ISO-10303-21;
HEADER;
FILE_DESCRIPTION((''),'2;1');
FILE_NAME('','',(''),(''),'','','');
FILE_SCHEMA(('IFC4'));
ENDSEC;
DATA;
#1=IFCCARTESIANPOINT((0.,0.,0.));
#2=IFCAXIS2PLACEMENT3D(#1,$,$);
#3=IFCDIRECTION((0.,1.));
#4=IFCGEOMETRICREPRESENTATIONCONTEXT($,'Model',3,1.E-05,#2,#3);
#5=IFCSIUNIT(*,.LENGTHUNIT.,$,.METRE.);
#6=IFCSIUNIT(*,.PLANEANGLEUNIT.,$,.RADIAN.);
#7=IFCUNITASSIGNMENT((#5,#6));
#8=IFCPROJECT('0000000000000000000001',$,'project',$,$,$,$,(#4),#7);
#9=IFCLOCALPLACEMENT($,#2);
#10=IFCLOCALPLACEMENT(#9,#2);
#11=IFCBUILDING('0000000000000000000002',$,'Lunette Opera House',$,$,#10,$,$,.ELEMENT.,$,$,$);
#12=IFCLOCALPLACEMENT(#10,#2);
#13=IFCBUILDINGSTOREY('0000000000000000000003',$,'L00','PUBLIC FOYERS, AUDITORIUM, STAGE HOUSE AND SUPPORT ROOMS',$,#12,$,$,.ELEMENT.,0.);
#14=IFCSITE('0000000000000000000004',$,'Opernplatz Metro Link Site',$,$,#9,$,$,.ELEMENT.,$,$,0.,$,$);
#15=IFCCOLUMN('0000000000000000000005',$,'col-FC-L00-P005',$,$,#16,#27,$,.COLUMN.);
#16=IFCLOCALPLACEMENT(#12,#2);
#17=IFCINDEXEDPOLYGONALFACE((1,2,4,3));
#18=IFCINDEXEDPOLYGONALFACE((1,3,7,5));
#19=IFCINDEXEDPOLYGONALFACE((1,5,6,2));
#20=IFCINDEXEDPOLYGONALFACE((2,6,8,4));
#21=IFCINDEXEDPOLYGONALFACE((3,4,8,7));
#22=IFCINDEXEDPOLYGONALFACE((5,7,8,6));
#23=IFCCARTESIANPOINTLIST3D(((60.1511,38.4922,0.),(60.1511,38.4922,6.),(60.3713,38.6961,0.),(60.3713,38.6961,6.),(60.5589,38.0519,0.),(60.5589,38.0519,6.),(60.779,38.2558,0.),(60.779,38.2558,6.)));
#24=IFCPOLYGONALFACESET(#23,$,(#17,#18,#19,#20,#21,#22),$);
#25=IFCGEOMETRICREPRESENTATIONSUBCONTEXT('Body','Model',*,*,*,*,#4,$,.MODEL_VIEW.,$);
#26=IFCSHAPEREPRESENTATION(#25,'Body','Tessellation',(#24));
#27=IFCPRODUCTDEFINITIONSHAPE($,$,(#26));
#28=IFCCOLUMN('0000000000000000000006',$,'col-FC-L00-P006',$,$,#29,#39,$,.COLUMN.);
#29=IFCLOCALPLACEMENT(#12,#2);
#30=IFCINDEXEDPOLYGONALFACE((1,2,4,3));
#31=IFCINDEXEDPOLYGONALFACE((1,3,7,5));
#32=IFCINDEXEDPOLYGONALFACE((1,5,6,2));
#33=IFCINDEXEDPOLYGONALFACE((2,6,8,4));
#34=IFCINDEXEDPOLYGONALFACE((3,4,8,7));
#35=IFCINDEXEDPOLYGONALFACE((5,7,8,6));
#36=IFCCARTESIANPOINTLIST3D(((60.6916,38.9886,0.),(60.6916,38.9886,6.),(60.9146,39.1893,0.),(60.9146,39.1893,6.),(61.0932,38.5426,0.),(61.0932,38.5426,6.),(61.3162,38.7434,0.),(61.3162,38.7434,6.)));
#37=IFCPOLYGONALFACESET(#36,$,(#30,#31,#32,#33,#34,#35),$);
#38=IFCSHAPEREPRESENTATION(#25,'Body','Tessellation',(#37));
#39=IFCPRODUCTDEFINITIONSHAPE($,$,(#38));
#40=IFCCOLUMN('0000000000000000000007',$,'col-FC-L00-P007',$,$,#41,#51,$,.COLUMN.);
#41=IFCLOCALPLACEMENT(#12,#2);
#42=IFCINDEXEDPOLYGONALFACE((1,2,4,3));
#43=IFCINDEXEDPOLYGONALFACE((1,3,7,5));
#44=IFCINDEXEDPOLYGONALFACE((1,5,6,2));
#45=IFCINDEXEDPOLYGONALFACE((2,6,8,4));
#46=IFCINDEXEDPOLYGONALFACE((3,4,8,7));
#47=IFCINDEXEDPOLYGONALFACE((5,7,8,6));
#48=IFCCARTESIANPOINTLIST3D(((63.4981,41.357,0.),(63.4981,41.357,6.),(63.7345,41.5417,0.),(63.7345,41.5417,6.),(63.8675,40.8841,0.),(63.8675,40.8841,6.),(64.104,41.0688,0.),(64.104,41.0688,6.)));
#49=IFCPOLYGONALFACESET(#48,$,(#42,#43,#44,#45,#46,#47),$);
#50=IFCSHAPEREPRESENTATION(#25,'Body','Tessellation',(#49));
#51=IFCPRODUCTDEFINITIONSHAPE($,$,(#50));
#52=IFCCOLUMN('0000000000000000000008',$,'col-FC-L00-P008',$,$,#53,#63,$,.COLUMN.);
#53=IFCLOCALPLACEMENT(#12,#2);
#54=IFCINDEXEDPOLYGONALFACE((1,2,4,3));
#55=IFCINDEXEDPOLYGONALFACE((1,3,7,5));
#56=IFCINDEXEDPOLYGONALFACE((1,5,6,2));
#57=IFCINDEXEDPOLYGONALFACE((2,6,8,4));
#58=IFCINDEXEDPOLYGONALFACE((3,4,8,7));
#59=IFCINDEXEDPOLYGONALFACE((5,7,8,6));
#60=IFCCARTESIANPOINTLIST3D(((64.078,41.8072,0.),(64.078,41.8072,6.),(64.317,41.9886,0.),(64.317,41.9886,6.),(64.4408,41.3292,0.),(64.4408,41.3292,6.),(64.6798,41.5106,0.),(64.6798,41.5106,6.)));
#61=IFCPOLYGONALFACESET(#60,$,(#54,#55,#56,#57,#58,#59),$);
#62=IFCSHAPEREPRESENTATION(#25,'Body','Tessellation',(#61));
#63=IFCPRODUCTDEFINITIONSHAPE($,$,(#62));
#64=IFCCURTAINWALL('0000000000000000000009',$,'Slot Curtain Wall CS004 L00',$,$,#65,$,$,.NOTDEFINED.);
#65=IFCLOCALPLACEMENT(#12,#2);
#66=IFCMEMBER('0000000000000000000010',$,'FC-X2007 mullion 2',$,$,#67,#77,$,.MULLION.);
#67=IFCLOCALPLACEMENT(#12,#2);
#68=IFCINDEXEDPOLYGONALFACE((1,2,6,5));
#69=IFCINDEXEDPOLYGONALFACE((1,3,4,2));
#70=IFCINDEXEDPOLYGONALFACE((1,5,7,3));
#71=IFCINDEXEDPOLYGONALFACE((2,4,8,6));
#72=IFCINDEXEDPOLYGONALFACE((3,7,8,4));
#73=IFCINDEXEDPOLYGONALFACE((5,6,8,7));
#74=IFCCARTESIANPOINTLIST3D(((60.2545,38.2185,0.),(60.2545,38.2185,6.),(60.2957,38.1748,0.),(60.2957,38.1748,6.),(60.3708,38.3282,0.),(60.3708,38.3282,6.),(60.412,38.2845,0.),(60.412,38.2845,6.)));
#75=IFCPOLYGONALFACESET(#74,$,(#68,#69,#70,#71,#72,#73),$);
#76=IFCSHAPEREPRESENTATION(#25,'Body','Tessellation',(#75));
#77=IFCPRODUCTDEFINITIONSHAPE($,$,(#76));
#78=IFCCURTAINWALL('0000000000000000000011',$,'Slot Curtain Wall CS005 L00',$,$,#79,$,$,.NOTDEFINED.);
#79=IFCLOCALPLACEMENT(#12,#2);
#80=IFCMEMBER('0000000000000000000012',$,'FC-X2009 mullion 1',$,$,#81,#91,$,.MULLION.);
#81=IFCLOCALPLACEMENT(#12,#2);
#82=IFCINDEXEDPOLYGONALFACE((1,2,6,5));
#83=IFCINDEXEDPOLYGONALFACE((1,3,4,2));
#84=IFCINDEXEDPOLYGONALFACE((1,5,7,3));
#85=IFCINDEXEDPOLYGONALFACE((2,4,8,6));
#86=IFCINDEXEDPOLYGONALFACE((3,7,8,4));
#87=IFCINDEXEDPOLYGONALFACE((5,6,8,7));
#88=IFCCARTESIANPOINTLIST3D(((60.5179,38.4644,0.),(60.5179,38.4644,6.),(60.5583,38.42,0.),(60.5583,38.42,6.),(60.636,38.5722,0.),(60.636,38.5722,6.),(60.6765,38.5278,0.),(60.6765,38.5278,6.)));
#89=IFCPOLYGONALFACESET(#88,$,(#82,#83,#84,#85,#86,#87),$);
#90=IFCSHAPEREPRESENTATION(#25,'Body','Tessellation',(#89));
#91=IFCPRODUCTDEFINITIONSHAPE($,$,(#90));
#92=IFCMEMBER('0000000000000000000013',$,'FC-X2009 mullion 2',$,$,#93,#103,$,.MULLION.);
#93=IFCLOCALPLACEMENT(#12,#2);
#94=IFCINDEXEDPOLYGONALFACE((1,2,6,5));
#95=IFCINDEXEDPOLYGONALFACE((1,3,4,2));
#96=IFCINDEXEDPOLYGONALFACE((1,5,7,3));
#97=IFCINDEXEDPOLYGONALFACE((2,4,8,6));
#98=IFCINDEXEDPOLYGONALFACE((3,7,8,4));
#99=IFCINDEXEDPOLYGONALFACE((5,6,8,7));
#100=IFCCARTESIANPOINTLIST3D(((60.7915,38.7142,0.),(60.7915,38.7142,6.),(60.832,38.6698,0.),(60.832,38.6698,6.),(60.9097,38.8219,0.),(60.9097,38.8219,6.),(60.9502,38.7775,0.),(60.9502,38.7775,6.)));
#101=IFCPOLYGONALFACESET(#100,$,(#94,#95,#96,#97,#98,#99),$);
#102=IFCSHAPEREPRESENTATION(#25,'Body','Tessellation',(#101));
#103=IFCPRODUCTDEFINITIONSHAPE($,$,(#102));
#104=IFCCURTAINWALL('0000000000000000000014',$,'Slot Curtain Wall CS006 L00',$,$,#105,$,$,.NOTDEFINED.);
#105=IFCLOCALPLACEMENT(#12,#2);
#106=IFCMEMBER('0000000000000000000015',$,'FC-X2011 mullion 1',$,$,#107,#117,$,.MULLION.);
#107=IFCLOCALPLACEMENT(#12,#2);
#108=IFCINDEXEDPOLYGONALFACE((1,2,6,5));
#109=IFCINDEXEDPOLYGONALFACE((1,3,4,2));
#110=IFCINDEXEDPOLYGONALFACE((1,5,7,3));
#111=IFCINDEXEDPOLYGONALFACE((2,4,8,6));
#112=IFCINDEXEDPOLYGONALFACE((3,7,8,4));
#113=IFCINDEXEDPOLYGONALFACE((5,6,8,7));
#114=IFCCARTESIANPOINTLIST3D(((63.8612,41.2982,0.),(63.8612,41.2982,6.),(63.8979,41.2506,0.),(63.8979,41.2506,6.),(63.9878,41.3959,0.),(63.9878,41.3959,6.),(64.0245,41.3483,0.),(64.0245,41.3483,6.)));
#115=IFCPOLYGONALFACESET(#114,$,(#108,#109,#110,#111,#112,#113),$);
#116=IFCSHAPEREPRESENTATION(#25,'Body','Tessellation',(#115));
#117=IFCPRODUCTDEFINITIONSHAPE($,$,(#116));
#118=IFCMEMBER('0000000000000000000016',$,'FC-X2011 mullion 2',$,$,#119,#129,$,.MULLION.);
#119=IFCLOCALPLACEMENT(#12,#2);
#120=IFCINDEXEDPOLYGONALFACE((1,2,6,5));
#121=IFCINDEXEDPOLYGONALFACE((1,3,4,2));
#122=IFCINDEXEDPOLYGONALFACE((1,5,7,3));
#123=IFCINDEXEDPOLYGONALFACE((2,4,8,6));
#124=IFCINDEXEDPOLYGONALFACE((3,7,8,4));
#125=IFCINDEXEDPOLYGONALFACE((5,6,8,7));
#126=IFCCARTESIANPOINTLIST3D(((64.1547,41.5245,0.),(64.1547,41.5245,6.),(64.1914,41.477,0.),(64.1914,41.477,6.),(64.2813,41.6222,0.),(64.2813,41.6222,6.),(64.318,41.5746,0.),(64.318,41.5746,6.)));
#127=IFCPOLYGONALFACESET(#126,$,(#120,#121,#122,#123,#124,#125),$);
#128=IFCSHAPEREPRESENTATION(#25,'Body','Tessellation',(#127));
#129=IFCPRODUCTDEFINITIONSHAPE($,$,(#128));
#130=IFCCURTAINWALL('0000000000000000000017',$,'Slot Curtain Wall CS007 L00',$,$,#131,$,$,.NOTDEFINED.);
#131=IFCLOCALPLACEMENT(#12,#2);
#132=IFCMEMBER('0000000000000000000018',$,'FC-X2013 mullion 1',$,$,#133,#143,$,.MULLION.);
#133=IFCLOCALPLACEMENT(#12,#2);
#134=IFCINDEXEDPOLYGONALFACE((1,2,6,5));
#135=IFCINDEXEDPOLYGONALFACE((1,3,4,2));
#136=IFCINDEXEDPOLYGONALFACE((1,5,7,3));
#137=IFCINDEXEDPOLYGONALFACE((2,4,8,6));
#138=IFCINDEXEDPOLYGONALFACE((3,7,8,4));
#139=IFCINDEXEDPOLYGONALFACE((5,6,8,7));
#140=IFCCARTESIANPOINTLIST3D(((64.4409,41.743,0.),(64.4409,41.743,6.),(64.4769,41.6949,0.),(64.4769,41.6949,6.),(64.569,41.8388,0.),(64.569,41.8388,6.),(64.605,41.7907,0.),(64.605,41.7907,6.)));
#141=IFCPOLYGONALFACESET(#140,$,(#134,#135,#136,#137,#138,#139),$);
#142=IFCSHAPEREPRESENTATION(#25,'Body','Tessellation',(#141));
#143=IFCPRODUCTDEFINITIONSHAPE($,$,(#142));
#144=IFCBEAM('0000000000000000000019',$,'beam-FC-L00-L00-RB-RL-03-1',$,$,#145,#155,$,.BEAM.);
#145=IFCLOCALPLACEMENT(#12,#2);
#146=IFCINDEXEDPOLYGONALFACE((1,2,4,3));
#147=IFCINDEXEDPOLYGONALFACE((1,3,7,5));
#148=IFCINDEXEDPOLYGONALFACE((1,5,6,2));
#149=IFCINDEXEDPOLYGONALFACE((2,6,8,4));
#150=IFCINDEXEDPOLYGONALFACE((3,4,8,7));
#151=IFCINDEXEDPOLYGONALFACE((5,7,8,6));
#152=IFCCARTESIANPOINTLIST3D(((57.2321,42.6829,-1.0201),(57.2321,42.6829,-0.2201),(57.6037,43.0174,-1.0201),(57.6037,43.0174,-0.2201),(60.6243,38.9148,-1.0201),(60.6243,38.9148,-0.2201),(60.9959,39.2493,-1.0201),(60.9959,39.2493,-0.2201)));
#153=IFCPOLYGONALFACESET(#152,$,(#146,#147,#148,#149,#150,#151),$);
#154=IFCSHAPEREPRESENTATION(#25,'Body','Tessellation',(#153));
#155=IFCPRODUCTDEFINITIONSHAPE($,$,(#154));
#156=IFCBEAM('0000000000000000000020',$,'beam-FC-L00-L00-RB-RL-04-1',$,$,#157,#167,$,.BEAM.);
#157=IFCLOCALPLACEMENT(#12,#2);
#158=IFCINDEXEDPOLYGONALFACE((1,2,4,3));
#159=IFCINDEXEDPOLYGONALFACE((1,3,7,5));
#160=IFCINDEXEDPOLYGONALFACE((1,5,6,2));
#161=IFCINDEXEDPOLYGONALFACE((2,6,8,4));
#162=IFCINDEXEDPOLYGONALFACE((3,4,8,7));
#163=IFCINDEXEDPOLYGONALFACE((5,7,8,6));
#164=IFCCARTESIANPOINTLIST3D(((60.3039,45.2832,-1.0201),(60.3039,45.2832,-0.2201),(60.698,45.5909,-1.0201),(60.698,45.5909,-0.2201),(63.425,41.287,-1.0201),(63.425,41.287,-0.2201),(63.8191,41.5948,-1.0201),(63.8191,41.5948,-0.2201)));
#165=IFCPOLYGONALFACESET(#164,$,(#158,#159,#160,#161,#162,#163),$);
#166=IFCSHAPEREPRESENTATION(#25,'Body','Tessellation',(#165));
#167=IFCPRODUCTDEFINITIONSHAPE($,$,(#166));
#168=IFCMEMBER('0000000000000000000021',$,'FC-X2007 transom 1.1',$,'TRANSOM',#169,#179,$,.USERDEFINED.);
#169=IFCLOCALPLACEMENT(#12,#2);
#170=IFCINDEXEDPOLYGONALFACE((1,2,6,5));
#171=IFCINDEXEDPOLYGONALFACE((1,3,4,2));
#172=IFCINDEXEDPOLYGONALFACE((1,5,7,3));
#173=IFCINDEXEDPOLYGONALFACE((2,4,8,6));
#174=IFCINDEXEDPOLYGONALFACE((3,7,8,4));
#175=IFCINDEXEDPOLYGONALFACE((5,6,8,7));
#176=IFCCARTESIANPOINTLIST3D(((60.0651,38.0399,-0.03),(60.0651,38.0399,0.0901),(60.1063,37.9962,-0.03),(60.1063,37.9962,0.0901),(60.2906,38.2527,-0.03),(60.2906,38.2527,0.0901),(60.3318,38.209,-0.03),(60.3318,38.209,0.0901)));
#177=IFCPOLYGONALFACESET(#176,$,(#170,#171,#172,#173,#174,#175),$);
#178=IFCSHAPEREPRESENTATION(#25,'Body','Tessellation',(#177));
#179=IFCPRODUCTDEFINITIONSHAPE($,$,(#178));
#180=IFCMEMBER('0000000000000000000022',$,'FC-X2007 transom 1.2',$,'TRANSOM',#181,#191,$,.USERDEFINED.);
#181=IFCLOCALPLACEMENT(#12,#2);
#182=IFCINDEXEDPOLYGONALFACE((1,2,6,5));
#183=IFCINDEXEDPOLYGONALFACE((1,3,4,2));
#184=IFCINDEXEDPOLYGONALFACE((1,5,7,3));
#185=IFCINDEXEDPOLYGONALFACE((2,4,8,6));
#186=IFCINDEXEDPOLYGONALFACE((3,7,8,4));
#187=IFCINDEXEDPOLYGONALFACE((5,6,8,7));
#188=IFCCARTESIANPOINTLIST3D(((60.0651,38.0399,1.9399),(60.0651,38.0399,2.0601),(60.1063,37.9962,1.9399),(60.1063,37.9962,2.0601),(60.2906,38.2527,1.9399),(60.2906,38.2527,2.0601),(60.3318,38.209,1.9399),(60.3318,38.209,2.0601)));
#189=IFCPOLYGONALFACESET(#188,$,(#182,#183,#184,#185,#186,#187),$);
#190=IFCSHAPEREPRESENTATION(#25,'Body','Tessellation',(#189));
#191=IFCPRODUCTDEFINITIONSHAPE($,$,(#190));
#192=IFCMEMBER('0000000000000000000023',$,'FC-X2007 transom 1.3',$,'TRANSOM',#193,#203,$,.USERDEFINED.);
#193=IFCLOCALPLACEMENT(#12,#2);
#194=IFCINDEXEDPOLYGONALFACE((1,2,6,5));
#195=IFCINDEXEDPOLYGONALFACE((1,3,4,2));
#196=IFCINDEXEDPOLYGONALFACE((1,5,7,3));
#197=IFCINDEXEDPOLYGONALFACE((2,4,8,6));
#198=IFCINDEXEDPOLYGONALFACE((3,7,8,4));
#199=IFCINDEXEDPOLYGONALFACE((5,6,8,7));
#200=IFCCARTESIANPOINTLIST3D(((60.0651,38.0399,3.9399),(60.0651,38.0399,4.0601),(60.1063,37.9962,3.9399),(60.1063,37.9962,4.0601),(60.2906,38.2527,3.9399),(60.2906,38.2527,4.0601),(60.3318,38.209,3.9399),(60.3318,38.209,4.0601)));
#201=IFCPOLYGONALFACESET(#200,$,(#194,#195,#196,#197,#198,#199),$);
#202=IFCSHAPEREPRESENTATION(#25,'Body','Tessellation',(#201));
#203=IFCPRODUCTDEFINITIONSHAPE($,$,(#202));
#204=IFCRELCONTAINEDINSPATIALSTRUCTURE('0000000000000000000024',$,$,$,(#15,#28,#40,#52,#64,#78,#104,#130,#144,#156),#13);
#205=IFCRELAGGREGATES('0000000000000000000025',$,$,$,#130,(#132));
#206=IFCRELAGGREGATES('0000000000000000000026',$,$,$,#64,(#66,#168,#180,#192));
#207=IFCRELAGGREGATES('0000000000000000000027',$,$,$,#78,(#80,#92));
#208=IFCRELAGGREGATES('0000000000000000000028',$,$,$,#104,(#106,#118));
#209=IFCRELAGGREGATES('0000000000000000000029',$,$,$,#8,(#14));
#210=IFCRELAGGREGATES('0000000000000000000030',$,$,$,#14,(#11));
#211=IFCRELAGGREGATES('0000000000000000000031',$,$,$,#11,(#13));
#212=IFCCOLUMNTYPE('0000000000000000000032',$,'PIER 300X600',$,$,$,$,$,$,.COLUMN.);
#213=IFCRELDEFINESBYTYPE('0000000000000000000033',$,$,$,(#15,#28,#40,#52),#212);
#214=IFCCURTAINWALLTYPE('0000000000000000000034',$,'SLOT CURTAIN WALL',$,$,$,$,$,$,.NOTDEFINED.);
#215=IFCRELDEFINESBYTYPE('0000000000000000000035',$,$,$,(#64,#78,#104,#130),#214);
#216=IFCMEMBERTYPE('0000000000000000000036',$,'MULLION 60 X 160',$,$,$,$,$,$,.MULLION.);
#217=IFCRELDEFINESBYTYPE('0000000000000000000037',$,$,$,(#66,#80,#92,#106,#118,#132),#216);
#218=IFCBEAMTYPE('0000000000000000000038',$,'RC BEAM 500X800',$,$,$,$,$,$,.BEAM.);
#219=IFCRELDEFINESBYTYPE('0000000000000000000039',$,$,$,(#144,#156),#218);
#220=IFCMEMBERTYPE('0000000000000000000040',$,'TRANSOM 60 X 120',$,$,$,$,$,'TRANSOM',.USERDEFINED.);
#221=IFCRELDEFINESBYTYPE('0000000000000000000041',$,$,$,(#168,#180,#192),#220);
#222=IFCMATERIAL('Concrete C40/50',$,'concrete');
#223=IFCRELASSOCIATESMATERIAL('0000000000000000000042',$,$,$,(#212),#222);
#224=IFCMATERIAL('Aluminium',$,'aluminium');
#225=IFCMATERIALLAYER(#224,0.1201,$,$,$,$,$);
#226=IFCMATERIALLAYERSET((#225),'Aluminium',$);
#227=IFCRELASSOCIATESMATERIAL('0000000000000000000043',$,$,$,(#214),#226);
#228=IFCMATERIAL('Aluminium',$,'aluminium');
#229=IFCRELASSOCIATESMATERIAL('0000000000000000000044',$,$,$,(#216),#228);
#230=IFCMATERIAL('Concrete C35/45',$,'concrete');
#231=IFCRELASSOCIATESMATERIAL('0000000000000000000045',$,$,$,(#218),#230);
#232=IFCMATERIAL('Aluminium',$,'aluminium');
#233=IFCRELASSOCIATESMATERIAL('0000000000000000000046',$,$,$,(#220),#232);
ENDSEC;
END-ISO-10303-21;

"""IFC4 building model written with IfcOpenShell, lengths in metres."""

from ifc_helpers import new_model, si_unit, direction, frame, origin, origin_2d, place, context, subcontext, project, spatial, rectangle, extrude, material, layer, layer_set, material_profile, profile_set, type_object, element, aggregate, save


model = new_model("IFC4")

# Units and contexts
model_context = context("Model", 3, precision=1e-05, world=origin(), true_north=direction((0.0, 1.0)))
body_context = subcontext(model_context, "Body", "Model", "MODEL_VIEW")
ifc_project = project(units=[si_unit("LENGTHUNIT", "METRE"), si_unit("PLANEANGLEUNIT", "RADIAN")], contexts=[model_context])

# Site, building, storey
site_placement = place(None, origin())
site = spatial("IfcSite", under=ifc_project, at=site_placement, Name="Opernplatz Metro Link Site", CompositionType="ELEMENT", RefElevation=0.0)
building_placement = place(site_placement, origin())
building = spatial("IfcBuilding", under=site, at=building_placement, Name="Lunette Opera House", CompositionType="ELEMENT")
storey_placement = place(building_placement, origin())
storey = spatial("IfcBuildingStorey", under=building, at=storey_placement, Name="L00", Description="PUBLIC FOYERS, AUDITORIUM, STAGE HOUSE AND SUPPORT ROOMS", CompositionType="ELEMENT", Elevation=0.0)

# Columns
ifc_material_1 = material(Name="Concrete C40/50", Category="concrete")
ifc_material_profile_1 = material_profile(ifc_material_1, rectangle(XDim=0.3, YDim=0.6001, at=origin_2d()), Name="PIER 300X600")
ifc_profile_set_1 = profile_set([ifc_material_profile_1], Name="Concrete C40/50")
column_type = type_object("IfcColumnType", Name="PIER 300X600", PredefinedType="COLUMN", material=ifc_profile_set_1)
for number, where, z_axis, x_axis, name in (
    (1, (60.4651, 38.374, 0.0), (0.0, 0.0, 1.0), (0.73373, 0.679441, 0.0), "col-FC-L00-P005"),
    (2, (61.0039, 38.866, 0.0), (0.0, 0.0, 1.0), (0.743145, 0.669131, 0.0), "col-FC-L00-P006"),
    (3, (63.801, 41.2129, 0.0), (0.0, 0.0, 1.0), (0.788011, 0.615661, 0.0), "col-FC-L00-P007"),
    (4, (64.3789, 41.6589, 0.0), (0.0, 0.0, 1.0), (0.79653, 0.604599, 0.0), "col-FC-L00-P008"),
):
    element("IfcColumn", number, at=place(storey_placement, frame(where, z_axis=z_axis, x_axis=x_axis)), inside=storey, type_object=column_type, Name=name, PredefinedType="COLUMN", context=body_context, shape_type="SweptSolid", body=[
        extrude(rectangle(XDim=0.3, YDim=0.6001, at=origin_2d()), origin(), (0.0, 0.0, 1.0), 6.0),
    ])

# Curtain wall, member
ifc_material_2 = material(Name="Aluminium", Category="aluminium")
ifc_layer_1 = layer(ifc_material_2, 0.1201)
ifc_layer_set_1 = layer_set([ifc_layer_1], Name="Aluminium")
curtain_wall_type = type_object("IfcCurtainWallType", Name="SLOT CURTAIN WALL", PredefinedType="NOTDEFINED", material=ifc_layer_set_1)
curtain_wall_1_placement = place(storey_placement, origin())
curtain_wall_1 = element("IfcCurtainWall", 5, at=curtain_wall_1_placement, inside=storey, type_object=curtain_wall_type, Name="Slot Curtain Wall CS004 L00", PredefinedType="NOTDEFINED")
ifc_material_3 = material(Name="Aluminium", Category="aluminium")
ifc_material_profile_2 = material_profile(ifc_material_3, rectangle(XDim=0.0601, YDim=0.1599, at=origin_2d()), Name="MULLION 60 X 160")
ifc_profile_set_2 = profile_set([ifc_material_profile_2], Name="Aluminium")
member_type_1 = type_object("IfcMemberType", Name="MULLION 60 X 160", PredefinedType="MULLION", material=ifc_profile_set_2)
member_1_placement = place(storey_placement, frame((60.3333, 38.2515, 0.0), z_axis=(0.0, 0.0, 1.0), x_axis=(-0.685872, 0.727722, 0.0)))
member_1 = element("IfcMember", 6, at=member_1_placement, type_object=member_type_1, Name="FC-X2007 mullion 2", PredefinedType="MULLION", context=body_context, shape_type="SweptSolid", body=[
    extrude(rectangle(XDim=0.0601, YDim=0.1599, at=origin_2d()), origin(), (0.0, 0.0, 1.0), 6.0),
])

# Curtain walls, members
curtain_wall_2_placement = place(storey_placement, origin())
curtain_wall_2 = element("IfcCurtainWall", 7, at=curtain_wall_2_placement, inside=storey, type_object=curtain_wall_type, Name="Slot Curtain Wall CS005 L00", PredefinedType="NOTDEFINED")
member_2_placement = place(storey_placement, frame((60.5972, 38.4961, 0.0), z_axis=(0.0, 0.0, 1.0), x_axis=(-0.673828, 0.738888, 0.0)))
member_2 = element("IfcMember", 8, at=member_2_placement, type_object=member_type_1, Name="FC-X2009 mullion 1", PredefinedType="MULLION", context=body_context, shape_type="SweptSolid", body=[
    extrude(rectangle(XDim=0.0601, YDim=0.1599, at=origin_2d()), origin(), (0.0, 0.0, 1.0), 6.0),
])
member_3_placement = place(storey_placement, frame((60.8708, 38.7458, 0.0), z_axis=(0.0, 0.0, 1.0), x_axis=(-0.673828, 0.738888, 0.0)))
member_3 = element("IfcMember", 9, at=member_3_placement, type_object=member_type_1, Name="FC-X2009 mullion 2", PredefinedType="MULLION", context=body_context, shape_type="SweptSolid", body=[
    extrude(rectangle(XDim=0.0601, YDim=0.1599, at=origin_2d()), origin(), (0.0, 0.0, 1.0), 6.0),
])
curtain_wall_3_placement = place(storey_placement, origin())
curtain_wall_3 = element("IfcCurtainWall", 10, at=curtain_wall_3_placement, inside=storey, type_object=curtain_wall_type, Name="Slot Curtain Wall CS006 L00", PredefinedType="NOTDEFINED")
member_4_placement = place(storey_placement, frame((63.9429, 41.3232, 0.0), z_axis=(0.0, 0.0, 1.0), x_axis=(-0.61072, 0.791846, 0.0)))
member_4 = element("IfcMember", 11, at=member_4_placement, type_object=member_type_1, Name="FC-X2011 mullion 1", PredefinedType="MULLION", context=body_context, shape_type="SweptSolid", body=[
    extrude(rectangle(XDim=0.0601, YDim=0.1599, at=origin_2d()), origin(), (0.0, 0.0, 1.0), 6.0),
])
member_5_placement = place(storey_placement, frame((64.2363, 41.5496, 0.0), z_axis=(0.0, 0.0, 1.0), x_axis=(-0.61072, 0.791846, 0.0)))
member_5 = element("IfcMember", 12, at=member_5_placement, type_object=member_type_1, Name="FC-X2011 mullion 2", PredefinedType="MULLION", context=body_context, shape_type="SweptSolid", body=[
    extrude(rectangle(XDim=0.0601, YDim=0.1599, at=origin_2d()), origin(), (0.0, 0.0, 1.0), 6.0),
])

# Curtain wall, member
curtain_wall_4_placement = place(storey_placement, origin())
curtain_wall_4 = element("IfcCurtainWall", 13, at=curtain_wall_4_placement, inside=storey, type_object=curtain_wall_type, Name="Slot Curtain Wall CS007 L00", PredefinedType="NOTDEFINED")
member_6_placement = place(storey_placement, frame((64.5229, 41.7668, 0.0), z_axis=(0.0, 0.0, 1.0), x_axis=(-0.598885, 0.800835, 0.0)))
member_6 = element("IfcMember", 14, at=member_6_placement, type_object=member_type_1, Name="FC-X2013 mullion 1", PredefinedType="MULLION", context=body_context, shape_type="SweptSolid", body=[
    extrude(rectangle(XDim=0.0601, YDim=0.1599, at=origin_2d()), origin(), (0.0, 0.0, 1.0), 6.0),
])
aggregate(curtain_wall_4, [member_6])

# Beams
ifc_material_4 = material(Name="Concrete C35/45", Category="concrete")
ifc_material_profile_3 = material_profile(ifc_material_4, rectangle(XDim=0.5, YDim=0.8, at=origin_2d()), Name="RC BEAM 500X800")
ifc_profile_set_3 = profile_set([ifc_material_profile_3], Name="Concrete C35/45")
beam_type = type_object("IfcBeamType", Name="RC BEAM 500X800", PredefinedType="BEAM", material=ifc_profile_set_3)
beam_1_placement = place(storey_placement, frame((60.8101, 39.082, -0.6201), z_axis=(-0.669055, 0.743213, 0.0), x_axis=(-0.743213, -0.669055, 0.0)))
element("IfcBeam", 15, at=beam_1_placement, inside=storey, type_object=beam_type, Name="beam-FC-L00-L00-RB-RL-03-1", PredefinedType="BEAM", context=body_context, shape_type="SweptSolid", body=[
    extrude(rectangle(XDim=0.5, YDim=0.8, at=origin_2d()), origin(), (0.0, 0.0, 1.0), 5.0701),
])
beam_2_placement = place(storey_placement, frame((63.6221, 41.4409, -0.6201), z_axis=(-0.615539, 0.788106, 0.0), x_axis=(-0.788106, -0.615539, 0.0)))
element("IfcBeam", 16, at=beam_2_placement, inside=storey, type_object=beam_type, Name="beam-FC-L00-L00-RB-RL-04-1", PredefinedType="BEAM", context=body_context, shape_type="SweptSolid", body=[
    extrude(rectangle(XDim=0.5, YDim=0.8, at=origin_2d()), origin(), (0.0, 0.0, 1.0), 5.0706),
])

# Members
ifc_material_5 = material(Name="Aluminium", Category="aluminium")
ifc_material_profile_4 = material_profile(ifc_material_5, rectangle(XDim=0.0601, YDim=0.1201, at=origin_2d()), Name="TRANSOM 60 X 120")
ifc_profile_set_4 = profile_set([ifc_material_profile_4], Name="Aluminium")
member_type_2 = type_object("IfcMemberType", Name="TRANSOM 60 X 120", ElementType="TRANSOM", PredefinedType="USERDEFINED", material=ifc_profile_set_4)
member_7_placement = place(storey_placement, frame((60.0857, 38.0181, 0.03), z_axis=(0.727275, 0.686346, 0.0), x_axis=(-0.686346, 0.727275, 0.0)))
member_7 = element("IfcMember", 17, at=member_7_placement, type_object=member_type_2, Name="FC-X2007 transom 1.1", ObjectType="TRANSOM", PredefinedType="USERDEFINED", context=body_context, shape_type="SweptSolid", body=[
    extrude(rectangle(XDim=0.0601, YDim=0.1201, at=origin_2d()), origin(), (0.0, 0.0, 1.0), 0.3101),
])
member_8_placement = place(storey_placement, frame((60.0857, 38.0181, 2.0), z_axis=(0.727275, 0.686346, 0.0), x_axis=(-0.686346, 0.727275, 0.0)))
member_8 = element("IfcMember", 18, at=member_8_placement, type_object=member_type_2, Name="FC-X2007 transom 1.2", ObjectType="TRANSOM", PredefinedType="USERDEFINED", context=body_context, shape_type="SweptSolid", body=[
    extrude(rectangle(XDim=0.0601, YDim=0.1201, at=origin_2d()), origin(), (0.0, 0.0, 1.0), 0.3101),
])
member_9_placement = place(storey_placement, frame((60.0857, 38.0181, 4.0), z_axis=(0.727275, 0.686346, 0.0), x_axis=(-0.686346, 0.727275, 0.0)))
member_9 = element("IfcMember", 19, at=member_9_placement, type_object=member_type_2, Name="FC-X2007 transom 1.3", ObjectType="TRANSOM", PredefinedType="USERDEFINED", context=body_context, shape_type="SweptSolid", body=[
    extrude(rectangle(XDim=0.0601, YDim=0.1201, at=origin_2d()), origin(), (0.0, 0.0, 1.0), 0.3101),
])

aggregate(curtain_wall_1, [member_1, member_7, member_8, member_9])
aggregate(curtain_wall_2, [member_2, member_3])
aggregate(curtain_wall_3, [member_4, member_5])

save(model, "model.ifc")
